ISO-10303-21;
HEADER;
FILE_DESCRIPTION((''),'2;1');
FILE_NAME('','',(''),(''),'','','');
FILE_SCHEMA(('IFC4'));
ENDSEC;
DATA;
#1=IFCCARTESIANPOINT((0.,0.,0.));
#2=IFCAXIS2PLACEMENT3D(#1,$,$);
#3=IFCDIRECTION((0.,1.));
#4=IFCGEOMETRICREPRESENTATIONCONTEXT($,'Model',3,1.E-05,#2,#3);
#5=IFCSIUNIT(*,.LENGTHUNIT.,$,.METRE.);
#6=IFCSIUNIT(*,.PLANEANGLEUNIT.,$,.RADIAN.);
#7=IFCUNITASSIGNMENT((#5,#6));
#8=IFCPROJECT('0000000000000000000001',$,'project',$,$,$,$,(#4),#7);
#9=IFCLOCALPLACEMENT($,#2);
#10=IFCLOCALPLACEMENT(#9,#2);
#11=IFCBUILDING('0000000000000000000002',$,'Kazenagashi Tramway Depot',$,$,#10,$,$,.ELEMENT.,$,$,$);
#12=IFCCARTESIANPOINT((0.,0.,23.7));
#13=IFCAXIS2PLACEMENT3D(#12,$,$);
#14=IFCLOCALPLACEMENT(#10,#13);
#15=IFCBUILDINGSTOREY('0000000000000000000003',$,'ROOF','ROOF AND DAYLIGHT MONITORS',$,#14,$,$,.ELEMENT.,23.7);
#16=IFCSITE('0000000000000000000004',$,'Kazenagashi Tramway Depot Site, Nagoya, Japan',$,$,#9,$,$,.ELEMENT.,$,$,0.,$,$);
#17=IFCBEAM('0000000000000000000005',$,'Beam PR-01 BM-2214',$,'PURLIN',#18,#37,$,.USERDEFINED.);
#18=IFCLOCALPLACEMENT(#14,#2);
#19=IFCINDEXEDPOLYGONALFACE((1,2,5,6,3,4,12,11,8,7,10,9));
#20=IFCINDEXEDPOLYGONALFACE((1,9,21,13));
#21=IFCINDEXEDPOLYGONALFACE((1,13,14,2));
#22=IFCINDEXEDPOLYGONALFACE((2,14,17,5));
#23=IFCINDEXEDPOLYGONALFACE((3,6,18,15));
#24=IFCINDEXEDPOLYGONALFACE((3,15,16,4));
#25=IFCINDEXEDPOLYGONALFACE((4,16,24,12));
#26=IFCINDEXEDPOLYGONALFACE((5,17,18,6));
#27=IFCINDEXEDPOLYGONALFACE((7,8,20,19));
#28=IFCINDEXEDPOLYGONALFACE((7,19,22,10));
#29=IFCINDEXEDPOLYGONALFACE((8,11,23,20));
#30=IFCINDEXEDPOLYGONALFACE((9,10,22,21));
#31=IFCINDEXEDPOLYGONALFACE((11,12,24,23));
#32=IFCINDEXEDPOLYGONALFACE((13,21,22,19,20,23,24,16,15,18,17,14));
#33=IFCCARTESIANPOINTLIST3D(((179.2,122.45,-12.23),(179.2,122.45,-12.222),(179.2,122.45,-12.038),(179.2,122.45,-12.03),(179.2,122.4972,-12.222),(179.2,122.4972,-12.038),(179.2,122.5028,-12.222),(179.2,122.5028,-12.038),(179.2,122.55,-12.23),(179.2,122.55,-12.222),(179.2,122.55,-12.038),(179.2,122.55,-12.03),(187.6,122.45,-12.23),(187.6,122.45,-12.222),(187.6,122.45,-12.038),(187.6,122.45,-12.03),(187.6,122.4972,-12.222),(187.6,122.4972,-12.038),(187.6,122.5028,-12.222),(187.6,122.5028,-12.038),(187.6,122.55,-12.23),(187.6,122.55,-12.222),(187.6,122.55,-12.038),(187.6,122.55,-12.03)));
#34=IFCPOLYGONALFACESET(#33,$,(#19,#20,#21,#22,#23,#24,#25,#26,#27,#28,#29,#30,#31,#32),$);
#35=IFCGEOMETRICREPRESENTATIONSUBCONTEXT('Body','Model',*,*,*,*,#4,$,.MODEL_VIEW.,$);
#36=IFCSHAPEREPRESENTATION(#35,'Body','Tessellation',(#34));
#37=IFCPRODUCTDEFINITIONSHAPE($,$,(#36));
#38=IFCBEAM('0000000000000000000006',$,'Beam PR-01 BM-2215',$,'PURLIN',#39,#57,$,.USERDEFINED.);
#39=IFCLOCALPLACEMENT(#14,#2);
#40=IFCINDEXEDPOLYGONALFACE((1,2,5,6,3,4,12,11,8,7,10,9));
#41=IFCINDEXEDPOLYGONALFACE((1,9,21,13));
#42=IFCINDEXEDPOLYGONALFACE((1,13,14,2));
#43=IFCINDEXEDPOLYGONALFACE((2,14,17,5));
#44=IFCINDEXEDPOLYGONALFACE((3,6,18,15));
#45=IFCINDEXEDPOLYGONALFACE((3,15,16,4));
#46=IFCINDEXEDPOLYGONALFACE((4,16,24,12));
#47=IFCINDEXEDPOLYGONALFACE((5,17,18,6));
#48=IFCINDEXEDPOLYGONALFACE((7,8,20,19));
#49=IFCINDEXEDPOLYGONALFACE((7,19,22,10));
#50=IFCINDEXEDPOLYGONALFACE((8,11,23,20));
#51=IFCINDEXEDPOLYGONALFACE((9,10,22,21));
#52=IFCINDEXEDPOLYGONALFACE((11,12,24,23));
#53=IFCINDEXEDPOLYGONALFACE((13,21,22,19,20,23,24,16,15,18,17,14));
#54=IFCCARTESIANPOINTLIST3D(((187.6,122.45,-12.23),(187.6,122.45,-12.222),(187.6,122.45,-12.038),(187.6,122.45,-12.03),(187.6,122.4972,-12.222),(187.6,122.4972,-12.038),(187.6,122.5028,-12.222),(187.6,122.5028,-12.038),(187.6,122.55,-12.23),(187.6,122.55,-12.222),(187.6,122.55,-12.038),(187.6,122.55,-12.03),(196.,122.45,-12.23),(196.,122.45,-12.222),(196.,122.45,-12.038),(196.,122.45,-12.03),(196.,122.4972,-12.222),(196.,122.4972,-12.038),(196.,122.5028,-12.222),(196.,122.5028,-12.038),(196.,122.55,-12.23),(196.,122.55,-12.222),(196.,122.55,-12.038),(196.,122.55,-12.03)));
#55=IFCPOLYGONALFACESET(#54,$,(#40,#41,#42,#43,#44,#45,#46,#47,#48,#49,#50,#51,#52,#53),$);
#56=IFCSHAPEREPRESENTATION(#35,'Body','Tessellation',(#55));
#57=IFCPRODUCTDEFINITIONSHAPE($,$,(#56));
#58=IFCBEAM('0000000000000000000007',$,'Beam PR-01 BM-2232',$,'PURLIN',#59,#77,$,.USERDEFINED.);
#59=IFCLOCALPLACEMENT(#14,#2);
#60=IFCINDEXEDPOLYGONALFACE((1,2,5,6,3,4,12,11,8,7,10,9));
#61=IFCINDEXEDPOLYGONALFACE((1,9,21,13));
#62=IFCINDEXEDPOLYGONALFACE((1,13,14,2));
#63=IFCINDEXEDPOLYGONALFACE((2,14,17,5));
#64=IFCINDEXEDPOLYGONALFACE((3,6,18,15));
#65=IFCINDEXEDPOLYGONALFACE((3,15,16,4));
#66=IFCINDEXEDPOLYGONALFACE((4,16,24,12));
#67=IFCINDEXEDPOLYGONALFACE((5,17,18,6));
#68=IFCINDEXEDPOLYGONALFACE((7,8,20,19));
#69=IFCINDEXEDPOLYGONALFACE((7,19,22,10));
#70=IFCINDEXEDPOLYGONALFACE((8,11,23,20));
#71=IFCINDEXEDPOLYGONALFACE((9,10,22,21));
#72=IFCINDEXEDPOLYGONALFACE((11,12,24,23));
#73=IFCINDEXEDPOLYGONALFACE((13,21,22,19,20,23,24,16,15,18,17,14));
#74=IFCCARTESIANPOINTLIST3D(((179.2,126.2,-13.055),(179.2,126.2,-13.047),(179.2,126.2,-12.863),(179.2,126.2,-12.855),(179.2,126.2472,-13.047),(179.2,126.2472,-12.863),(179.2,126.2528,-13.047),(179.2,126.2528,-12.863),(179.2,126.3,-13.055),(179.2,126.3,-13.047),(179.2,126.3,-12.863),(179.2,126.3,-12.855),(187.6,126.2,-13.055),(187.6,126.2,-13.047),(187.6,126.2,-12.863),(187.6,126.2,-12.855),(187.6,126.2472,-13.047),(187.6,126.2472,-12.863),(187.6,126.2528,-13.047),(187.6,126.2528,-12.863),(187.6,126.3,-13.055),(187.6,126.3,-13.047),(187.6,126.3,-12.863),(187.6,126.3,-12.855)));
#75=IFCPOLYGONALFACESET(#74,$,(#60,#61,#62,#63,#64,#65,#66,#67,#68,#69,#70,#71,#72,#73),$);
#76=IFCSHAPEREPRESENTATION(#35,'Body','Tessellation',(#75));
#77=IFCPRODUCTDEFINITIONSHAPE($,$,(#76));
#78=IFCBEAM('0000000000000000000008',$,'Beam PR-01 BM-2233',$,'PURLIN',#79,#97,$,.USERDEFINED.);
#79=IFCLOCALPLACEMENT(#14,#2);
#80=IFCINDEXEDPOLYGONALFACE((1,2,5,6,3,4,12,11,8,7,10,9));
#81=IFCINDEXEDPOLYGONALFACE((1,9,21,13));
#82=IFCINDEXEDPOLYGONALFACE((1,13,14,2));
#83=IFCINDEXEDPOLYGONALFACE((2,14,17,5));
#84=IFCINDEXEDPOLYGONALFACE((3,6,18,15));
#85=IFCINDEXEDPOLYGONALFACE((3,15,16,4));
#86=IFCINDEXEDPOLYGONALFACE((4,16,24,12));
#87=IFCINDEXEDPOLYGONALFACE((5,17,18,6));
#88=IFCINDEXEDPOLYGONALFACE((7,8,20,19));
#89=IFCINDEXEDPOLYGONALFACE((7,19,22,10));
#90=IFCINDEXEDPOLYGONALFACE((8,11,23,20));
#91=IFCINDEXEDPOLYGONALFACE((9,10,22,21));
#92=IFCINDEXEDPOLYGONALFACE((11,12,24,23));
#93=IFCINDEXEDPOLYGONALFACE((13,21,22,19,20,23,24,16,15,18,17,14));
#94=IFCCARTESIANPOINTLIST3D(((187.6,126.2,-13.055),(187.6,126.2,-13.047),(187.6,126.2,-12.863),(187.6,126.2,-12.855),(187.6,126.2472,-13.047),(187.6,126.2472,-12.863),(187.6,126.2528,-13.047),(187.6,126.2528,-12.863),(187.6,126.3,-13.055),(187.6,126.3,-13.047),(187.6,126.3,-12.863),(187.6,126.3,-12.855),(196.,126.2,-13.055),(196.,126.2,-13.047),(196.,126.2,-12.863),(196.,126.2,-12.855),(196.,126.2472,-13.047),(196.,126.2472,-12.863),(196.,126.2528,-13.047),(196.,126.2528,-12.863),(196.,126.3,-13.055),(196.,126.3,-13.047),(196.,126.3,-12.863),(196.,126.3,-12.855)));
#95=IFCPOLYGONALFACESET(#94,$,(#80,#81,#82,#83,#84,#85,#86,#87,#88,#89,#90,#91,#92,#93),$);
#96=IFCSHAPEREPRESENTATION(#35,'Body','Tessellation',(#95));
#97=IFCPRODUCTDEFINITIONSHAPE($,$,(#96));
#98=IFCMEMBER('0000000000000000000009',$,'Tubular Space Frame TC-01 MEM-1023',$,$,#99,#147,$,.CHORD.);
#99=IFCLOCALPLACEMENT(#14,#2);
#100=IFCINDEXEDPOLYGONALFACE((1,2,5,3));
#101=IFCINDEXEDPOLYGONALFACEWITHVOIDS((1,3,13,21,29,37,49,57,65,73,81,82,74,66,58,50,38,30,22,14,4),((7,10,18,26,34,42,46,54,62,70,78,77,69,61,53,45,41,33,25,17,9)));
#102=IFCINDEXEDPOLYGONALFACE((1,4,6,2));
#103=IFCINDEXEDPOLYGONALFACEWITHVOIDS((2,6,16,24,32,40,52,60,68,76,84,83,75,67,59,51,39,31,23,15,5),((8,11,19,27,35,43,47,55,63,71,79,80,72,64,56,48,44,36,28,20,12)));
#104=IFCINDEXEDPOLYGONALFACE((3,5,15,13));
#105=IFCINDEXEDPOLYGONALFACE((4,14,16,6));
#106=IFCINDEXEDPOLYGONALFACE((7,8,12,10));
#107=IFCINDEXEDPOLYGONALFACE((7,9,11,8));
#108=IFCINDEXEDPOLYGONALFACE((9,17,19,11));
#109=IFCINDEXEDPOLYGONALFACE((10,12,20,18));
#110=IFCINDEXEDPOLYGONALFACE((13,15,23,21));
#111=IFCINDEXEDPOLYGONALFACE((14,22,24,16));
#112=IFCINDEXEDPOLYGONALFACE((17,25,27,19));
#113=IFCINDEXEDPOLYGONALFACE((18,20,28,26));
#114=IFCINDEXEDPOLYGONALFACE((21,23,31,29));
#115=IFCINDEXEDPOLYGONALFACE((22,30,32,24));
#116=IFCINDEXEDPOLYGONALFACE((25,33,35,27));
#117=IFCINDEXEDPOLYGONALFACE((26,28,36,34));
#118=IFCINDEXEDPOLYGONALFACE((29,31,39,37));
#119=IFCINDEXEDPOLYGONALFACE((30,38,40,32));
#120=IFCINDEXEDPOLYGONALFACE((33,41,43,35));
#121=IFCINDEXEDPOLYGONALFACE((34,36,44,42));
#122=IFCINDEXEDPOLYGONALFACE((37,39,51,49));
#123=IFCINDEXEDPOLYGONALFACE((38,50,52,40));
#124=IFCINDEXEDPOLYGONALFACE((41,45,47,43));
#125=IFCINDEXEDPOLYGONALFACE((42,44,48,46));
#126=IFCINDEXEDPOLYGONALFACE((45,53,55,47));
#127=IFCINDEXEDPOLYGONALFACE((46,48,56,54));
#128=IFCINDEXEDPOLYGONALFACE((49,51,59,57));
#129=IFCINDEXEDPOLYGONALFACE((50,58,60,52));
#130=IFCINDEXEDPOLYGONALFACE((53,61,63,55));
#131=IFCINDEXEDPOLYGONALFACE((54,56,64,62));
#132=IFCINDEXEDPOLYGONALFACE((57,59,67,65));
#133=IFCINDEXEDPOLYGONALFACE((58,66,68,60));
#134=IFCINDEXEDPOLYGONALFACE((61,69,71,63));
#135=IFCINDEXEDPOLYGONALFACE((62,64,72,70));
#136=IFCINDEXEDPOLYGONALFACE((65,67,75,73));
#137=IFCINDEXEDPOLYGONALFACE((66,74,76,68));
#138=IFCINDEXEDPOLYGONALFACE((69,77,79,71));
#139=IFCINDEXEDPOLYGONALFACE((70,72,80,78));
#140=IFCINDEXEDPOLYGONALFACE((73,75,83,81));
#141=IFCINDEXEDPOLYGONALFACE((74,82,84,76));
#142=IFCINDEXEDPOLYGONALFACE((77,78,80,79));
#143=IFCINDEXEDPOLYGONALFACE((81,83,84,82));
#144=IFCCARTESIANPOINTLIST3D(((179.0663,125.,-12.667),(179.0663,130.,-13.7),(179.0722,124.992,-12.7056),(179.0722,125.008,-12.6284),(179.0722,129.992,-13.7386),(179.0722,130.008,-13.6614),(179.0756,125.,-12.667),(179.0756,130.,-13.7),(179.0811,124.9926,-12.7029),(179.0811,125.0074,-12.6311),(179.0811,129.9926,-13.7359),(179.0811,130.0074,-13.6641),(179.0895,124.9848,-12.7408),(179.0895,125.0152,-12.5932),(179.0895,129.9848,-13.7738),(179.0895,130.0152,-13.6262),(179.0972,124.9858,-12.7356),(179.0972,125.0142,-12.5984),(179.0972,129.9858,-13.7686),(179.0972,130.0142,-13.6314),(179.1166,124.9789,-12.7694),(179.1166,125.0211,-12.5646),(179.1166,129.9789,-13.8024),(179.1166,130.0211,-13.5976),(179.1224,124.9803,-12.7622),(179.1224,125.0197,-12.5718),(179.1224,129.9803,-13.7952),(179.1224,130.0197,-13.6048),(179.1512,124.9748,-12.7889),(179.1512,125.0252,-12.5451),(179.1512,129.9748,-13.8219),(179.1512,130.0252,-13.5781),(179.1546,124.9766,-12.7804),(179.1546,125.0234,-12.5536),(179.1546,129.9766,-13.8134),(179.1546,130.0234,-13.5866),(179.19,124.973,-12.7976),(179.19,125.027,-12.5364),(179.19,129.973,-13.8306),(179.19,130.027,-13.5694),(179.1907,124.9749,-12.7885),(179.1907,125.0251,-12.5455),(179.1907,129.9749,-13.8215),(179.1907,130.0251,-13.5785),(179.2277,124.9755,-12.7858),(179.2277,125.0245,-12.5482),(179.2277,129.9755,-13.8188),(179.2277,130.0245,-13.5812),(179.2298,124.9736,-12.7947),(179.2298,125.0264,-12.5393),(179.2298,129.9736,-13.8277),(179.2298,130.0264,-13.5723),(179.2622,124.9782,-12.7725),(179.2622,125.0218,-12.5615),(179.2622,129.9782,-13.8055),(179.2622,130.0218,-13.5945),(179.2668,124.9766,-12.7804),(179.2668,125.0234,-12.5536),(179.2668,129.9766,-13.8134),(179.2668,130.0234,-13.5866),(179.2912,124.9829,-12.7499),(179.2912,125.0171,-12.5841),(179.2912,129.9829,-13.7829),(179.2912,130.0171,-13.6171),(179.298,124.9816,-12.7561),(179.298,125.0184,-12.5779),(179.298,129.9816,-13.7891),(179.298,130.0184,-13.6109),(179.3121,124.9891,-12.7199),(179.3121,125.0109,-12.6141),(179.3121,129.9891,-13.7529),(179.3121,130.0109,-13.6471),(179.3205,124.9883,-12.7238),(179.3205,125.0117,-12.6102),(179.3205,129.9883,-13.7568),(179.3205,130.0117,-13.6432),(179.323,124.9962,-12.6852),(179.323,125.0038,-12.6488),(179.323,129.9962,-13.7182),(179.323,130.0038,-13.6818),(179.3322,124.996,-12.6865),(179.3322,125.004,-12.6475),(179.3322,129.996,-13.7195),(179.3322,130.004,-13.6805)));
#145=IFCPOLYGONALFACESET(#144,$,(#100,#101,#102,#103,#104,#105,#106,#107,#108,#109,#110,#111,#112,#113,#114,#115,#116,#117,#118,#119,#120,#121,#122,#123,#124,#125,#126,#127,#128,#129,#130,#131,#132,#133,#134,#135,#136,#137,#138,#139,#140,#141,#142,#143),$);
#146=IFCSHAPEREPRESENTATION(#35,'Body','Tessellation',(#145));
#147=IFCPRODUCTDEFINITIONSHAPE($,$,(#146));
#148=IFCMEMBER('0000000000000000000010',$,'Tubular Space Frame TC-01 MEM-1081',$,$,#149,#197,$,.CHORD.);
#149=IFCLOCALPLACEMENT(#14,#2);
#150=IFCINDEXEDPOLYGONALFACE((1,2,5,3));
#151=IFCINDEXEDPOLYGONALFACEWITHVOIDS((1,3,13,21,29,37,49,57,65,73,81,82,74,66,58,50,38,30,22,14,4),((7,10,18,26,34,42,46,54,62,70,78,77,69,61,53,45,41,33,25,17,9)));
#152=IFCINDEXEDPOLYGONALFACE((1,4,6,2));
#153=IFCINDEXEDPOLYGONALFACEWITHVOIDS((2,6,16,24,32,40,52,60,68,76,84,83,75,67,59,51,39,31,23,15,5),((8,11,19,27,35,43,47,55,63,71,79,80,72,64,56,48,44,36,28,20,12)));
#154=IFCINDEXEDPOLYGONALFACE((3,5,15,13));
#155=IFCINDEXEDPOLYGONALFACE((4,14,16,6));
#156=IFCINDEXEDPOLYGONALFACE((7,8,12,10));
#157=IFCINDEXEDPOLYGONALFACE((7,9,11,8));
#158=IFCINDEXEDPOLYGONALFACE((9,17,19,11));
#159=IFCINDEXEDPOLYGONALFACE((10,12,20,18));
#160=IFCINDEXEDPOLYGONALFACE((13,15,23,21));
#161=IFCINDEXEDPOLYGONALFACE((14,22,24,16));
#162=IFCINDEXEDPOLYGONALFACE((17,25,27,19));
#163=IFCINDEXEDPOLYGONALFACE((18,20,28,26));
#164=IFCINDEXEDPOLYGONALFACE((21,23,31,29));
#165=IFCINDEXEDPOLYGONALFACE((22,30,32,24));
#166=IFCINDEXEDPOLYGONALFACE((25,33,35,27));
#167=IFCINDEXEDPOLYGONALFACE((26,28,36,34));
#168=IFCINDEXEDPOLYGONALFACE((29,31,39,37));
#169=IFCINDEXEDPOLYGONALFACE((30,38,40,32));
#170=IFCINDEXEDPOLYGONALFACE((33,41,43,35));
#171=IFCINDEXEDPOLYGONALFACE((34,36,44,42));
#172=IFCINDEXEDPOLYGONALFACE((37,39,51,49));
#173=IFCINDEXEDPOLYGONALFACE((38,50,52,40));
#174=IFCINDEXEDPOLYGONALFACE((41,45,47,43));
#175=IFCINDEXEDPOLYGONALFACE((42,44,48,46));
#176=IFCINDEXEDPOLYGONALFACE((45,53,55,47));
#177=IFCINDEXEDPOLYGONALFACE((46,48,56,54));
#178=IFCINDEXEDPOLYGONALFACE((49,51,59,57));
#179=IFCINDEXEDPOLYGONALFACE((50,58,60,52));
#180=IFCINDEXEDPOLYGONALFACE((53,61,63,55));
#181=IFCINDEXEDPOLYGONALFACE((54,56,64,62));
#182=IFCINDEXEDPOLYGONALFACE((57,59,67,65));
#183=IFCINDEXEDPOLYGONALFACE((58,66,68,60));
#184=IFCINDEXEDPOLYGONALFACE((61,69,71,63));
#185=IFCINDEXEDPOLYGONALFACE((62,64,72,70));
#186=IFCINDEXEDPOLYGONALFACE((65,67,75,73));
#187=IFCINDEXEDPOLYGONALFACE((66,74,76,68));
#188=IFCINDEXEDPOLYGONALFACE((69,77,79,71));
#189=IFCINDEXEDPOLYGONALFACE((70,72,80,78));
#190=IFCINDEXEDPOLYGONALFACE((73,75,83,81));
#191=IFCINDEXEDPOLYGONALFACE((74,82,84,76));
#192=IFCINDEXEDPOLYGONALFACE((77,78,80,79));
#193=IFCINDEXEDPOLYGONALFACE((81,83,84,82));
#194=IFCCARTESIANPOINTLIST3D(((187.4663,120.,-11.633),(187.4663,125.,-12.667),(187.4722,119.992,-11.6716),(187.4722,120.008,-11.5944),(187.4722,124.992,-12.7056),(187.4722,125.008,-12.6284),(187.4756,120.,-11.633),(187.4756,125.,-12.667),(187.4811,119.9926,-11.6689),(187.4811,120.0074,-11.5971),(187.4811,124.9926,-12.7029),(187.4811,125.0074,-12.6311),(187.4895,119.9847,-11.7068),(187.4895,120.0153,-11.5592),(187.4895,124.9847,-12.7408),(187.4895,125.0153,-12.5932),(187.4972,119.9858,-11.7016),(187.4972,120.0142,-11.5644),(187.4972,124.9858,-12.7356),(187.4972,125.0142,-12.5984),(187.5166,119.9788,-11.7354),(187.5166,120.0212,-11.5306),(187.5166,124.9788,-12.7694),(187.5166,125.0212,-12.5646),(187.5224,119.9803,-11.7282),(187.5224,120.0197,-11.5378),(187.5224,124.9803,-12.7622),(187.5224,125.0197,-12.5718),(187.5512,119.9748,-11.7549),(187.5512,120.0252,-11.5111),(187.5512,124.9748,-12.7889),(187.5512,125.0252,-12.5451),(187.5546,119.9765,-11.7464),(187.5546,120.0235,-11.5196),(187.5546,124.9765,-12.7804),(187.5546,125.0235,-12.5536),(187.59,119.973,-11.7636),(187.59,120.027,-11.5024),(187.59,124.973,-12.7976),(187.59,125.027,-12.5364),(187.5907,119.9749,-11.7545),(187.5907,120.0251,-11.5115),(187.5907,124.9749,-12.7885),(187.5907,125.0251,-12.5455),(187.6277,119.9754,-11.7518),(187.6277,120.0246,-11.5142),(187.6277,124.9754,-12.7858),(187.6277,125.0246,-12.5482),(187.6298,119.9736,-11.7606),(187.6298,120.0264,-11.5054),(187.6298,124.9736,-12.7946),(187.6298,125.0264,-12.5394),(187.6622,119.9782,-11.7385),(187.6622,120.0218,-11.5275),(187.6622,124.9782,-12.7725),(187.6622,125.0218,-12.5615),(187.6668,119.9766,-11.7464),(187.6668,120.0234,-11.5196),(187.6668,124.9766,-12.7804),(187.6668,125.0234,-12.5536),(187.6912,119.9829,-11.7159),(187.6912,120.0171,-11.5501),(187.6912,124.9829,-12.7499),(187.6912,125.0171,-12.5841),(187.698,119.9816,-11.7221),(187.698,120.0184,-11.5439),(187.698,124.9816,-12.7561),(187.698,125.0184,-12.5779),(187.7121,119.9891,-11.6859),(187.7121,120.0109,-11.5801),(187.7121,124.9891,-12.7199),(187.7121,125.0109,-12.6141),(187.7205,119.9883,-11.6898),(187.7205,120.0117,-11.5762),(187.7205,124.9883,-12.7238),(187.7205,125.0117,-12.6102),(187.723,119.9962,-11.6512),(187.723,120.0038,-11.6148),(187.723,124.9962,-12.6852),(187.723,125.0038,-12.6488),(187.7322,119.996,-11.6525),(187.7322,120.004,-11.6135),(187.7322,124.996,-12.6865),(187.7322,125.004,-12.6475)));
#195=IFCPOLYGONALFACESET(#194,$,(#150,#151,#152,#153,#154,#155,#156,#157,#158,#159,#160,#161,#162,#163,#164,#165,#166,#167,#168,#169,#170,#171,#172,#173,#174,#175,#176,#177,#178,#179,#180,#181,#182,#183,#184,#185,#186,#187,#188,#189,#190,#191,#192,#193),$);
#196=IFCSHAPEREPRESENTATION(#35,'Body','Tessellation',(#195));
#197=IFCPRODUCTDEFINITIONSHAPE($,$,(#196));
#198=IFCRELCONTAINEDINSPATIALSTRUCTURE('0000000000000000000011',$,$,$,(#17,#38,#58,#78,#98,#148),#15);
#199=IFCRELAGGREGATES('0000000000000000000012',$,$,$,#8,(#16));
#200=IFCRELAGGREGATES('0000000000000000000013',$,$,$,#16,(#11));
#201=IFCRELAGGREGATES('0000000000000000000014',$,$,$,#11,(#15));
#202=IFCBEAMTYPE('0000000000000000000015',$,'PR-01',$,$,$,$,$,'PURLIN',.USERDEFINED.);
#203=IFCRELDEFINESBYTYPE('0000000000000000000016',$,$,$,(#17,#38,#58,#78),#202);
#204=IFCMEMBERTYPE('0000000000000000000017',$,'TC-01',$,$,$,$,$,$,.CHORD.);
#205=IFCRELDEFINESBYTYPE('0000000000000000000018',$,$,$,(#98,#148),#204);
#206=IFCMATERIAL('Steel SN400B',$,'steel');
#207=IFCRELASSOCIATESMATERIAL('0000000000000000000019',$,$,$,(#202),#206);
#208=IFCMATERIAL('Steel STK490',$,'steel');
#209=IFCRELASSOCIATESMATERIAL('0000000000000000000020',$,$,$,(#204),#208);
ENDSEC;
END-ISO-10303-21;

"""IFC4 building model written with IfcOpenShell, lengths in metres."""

from ifc_helpers import new_model, si_unit, direction, frame, origin, origin_2d, place, context, subcontext, project, spatial, hollow_circle, i_section, extrude, material, material_profile, profile_set, type_object, element, save


model = new_model("IFC4")

# Units and contexts
model_context = context("Model", 3, precision=1e-05, world=origin(), true_north=direction((0.0, 1.0)))
body_context = subcontext(model_context, "Body", "Model", "MODEL_VIEW")
ifc_project = project(units=[si_unit("LENGTHUNIT", "METRE"), si_unit("PLANEANGLEUNIT", "RADIAN")], contexts=[model_context])

# Site, building, storey
site_placement = place(None, origin())
site = spatial("IfcSite", under=ifc_project, at=site_placement, Name="Kazenagashi Tramway Depot Site, Nagoya, Japan", CompositionType="ELEMENT", RefElevation=0.0)
building_placement = place(site_placement, origin())
building = spatial("IfcBuilding", under=site, at=building_placement, Name="Kazenagashi Tramway Depot", CompositionType="ELEMENT")
storey_placement = place(building_placement, frame((0.0, 0.0, 23.7)))
storey = spatial("IfcBuildingStorey", under=building, at=storey_placement, Name="ROOF", Description="ROOF AND DAYLIGHT MONITORS", CompositionType="ELEMENT", Elevation=23.7)

# Beams
ifc_material_1 = material(Name="Steel SN400B", Category="steel")
ifc_material_profile_1 = material_profile(ifc_material_1, i_section(OverallWidth=0.1, OverallDepth=0.2, WebThickness=0.0055, FlangeThickness=0.008, at=origin_2d()), Name="H-200x100x5.5x8")
ifc_profile_set_1 = profile_set([ifc_material_profile_1], Name="Steel SN400B")
beam_type = type_object("IfcBeamType", Name="PR-01", ElementType="PURLIN", PredefinedType="USERDEFINED", material=ifc_profile_set_1)
for number, where, z_axis, x_axis, name in (
    (1, (179.2, 122.5, -12.13), (1.0, 0.0, 0.0), (0.0, 1.0, 0.0), "Beam PR-01 BM-2214"),
    (2, (187.6, 122.5, -12.13), (1.0, 0.0, 0.0), (0.0, 1.0, 0.0), "Beam PR-01 BM-2215"),
    (3, (179.2, 126.25, -12.955), (1.0, 0.0, 0.0), (0.0, 1.0, 0.0), "Beam PR-01 BM-2232"),
    (4, (187.6, 126.25, -12.955), (1.0, 0.0, 0.0), (0.0, 1.0, 0.0), "Beam PR-01 BM-2233"),
):
    element("IfcBeam", number, at=place(storey_placement, frame(where, z_axis=z_axis, x_axis=x_axis)), inside=storey, type_object=beam_type, Name=name, ObjectType="PURLIN", PredefinedType="USERDEFINED", context=body_context, shape_type="SweptSolid", body=[
        extrude(i_section(OverallWidth=0.1, OverallDepth=0.2, WebThickness=0.0055, FlangeThickness=0.008, at=origin_2d()), origin(), (0.0, 0.0, 1.0), 8.4),
    ])

# Members
ifc_material_2 = material(Name="Steel STK490", Category="steel")
ifc_material_profile_2 = material_profile(ifc_material_2, hollow_circle(Radius=0.1337, WallThickness=0.0093, at=origin_2d()), Name="CHS-267.4x9.3")
ifc_profile_set_2 = profile_set([ifc_material_profile_2], Name="Steel STK490")
member_type_1 = type_object("IfcMemberType", Name="TC-01", PredefinedType="CHORD", material=ifc_profile_set_2)
member_1_placement = place(storey_placement, frame((179.2, 125.0, -12.667), z_axis=(0.0, 0.979318, -0.202327), x_axis=(-1.0, 0.0, 0.0)))
element("IfcMember", 5, at=member_1_placement, inside=storey, type_object=member_type_1, Name="Tubular Space Frame TC-01 MEM-1023", PredefinedType="CHORD", context=body_context, shape_type="SweptSolid", body=[
    extrude(hollow_circle(Radius=0.1337, WallThickness=0.0093, at=origin_2d()), origin(), (0.0, 0.0, 1.0), 5.1056),
])
member_2_placement = place(storey_placement, frame((187.6, 120.0, -11.633), z_axis=(0.0, 0.979279, -0.202515), x_axis=(-1.0, 0.0, 0.0)))
element("IfcMember", 6, at=member_2_placement, inside=storey, type_object=member_type_1, Name="Tubular Space Frame TC-01 MEM-1081", PredefinedType="CHORD", context=body_context, shape_type="SweptSolid", body=[
    extrude(hollow_circle(Radius=0.1337, WallThickness=0.0093, at=origin_2d()), origin(), (0.0, 0.0, 1.0), 5.1058),
])

save(model, "model.ifc")
